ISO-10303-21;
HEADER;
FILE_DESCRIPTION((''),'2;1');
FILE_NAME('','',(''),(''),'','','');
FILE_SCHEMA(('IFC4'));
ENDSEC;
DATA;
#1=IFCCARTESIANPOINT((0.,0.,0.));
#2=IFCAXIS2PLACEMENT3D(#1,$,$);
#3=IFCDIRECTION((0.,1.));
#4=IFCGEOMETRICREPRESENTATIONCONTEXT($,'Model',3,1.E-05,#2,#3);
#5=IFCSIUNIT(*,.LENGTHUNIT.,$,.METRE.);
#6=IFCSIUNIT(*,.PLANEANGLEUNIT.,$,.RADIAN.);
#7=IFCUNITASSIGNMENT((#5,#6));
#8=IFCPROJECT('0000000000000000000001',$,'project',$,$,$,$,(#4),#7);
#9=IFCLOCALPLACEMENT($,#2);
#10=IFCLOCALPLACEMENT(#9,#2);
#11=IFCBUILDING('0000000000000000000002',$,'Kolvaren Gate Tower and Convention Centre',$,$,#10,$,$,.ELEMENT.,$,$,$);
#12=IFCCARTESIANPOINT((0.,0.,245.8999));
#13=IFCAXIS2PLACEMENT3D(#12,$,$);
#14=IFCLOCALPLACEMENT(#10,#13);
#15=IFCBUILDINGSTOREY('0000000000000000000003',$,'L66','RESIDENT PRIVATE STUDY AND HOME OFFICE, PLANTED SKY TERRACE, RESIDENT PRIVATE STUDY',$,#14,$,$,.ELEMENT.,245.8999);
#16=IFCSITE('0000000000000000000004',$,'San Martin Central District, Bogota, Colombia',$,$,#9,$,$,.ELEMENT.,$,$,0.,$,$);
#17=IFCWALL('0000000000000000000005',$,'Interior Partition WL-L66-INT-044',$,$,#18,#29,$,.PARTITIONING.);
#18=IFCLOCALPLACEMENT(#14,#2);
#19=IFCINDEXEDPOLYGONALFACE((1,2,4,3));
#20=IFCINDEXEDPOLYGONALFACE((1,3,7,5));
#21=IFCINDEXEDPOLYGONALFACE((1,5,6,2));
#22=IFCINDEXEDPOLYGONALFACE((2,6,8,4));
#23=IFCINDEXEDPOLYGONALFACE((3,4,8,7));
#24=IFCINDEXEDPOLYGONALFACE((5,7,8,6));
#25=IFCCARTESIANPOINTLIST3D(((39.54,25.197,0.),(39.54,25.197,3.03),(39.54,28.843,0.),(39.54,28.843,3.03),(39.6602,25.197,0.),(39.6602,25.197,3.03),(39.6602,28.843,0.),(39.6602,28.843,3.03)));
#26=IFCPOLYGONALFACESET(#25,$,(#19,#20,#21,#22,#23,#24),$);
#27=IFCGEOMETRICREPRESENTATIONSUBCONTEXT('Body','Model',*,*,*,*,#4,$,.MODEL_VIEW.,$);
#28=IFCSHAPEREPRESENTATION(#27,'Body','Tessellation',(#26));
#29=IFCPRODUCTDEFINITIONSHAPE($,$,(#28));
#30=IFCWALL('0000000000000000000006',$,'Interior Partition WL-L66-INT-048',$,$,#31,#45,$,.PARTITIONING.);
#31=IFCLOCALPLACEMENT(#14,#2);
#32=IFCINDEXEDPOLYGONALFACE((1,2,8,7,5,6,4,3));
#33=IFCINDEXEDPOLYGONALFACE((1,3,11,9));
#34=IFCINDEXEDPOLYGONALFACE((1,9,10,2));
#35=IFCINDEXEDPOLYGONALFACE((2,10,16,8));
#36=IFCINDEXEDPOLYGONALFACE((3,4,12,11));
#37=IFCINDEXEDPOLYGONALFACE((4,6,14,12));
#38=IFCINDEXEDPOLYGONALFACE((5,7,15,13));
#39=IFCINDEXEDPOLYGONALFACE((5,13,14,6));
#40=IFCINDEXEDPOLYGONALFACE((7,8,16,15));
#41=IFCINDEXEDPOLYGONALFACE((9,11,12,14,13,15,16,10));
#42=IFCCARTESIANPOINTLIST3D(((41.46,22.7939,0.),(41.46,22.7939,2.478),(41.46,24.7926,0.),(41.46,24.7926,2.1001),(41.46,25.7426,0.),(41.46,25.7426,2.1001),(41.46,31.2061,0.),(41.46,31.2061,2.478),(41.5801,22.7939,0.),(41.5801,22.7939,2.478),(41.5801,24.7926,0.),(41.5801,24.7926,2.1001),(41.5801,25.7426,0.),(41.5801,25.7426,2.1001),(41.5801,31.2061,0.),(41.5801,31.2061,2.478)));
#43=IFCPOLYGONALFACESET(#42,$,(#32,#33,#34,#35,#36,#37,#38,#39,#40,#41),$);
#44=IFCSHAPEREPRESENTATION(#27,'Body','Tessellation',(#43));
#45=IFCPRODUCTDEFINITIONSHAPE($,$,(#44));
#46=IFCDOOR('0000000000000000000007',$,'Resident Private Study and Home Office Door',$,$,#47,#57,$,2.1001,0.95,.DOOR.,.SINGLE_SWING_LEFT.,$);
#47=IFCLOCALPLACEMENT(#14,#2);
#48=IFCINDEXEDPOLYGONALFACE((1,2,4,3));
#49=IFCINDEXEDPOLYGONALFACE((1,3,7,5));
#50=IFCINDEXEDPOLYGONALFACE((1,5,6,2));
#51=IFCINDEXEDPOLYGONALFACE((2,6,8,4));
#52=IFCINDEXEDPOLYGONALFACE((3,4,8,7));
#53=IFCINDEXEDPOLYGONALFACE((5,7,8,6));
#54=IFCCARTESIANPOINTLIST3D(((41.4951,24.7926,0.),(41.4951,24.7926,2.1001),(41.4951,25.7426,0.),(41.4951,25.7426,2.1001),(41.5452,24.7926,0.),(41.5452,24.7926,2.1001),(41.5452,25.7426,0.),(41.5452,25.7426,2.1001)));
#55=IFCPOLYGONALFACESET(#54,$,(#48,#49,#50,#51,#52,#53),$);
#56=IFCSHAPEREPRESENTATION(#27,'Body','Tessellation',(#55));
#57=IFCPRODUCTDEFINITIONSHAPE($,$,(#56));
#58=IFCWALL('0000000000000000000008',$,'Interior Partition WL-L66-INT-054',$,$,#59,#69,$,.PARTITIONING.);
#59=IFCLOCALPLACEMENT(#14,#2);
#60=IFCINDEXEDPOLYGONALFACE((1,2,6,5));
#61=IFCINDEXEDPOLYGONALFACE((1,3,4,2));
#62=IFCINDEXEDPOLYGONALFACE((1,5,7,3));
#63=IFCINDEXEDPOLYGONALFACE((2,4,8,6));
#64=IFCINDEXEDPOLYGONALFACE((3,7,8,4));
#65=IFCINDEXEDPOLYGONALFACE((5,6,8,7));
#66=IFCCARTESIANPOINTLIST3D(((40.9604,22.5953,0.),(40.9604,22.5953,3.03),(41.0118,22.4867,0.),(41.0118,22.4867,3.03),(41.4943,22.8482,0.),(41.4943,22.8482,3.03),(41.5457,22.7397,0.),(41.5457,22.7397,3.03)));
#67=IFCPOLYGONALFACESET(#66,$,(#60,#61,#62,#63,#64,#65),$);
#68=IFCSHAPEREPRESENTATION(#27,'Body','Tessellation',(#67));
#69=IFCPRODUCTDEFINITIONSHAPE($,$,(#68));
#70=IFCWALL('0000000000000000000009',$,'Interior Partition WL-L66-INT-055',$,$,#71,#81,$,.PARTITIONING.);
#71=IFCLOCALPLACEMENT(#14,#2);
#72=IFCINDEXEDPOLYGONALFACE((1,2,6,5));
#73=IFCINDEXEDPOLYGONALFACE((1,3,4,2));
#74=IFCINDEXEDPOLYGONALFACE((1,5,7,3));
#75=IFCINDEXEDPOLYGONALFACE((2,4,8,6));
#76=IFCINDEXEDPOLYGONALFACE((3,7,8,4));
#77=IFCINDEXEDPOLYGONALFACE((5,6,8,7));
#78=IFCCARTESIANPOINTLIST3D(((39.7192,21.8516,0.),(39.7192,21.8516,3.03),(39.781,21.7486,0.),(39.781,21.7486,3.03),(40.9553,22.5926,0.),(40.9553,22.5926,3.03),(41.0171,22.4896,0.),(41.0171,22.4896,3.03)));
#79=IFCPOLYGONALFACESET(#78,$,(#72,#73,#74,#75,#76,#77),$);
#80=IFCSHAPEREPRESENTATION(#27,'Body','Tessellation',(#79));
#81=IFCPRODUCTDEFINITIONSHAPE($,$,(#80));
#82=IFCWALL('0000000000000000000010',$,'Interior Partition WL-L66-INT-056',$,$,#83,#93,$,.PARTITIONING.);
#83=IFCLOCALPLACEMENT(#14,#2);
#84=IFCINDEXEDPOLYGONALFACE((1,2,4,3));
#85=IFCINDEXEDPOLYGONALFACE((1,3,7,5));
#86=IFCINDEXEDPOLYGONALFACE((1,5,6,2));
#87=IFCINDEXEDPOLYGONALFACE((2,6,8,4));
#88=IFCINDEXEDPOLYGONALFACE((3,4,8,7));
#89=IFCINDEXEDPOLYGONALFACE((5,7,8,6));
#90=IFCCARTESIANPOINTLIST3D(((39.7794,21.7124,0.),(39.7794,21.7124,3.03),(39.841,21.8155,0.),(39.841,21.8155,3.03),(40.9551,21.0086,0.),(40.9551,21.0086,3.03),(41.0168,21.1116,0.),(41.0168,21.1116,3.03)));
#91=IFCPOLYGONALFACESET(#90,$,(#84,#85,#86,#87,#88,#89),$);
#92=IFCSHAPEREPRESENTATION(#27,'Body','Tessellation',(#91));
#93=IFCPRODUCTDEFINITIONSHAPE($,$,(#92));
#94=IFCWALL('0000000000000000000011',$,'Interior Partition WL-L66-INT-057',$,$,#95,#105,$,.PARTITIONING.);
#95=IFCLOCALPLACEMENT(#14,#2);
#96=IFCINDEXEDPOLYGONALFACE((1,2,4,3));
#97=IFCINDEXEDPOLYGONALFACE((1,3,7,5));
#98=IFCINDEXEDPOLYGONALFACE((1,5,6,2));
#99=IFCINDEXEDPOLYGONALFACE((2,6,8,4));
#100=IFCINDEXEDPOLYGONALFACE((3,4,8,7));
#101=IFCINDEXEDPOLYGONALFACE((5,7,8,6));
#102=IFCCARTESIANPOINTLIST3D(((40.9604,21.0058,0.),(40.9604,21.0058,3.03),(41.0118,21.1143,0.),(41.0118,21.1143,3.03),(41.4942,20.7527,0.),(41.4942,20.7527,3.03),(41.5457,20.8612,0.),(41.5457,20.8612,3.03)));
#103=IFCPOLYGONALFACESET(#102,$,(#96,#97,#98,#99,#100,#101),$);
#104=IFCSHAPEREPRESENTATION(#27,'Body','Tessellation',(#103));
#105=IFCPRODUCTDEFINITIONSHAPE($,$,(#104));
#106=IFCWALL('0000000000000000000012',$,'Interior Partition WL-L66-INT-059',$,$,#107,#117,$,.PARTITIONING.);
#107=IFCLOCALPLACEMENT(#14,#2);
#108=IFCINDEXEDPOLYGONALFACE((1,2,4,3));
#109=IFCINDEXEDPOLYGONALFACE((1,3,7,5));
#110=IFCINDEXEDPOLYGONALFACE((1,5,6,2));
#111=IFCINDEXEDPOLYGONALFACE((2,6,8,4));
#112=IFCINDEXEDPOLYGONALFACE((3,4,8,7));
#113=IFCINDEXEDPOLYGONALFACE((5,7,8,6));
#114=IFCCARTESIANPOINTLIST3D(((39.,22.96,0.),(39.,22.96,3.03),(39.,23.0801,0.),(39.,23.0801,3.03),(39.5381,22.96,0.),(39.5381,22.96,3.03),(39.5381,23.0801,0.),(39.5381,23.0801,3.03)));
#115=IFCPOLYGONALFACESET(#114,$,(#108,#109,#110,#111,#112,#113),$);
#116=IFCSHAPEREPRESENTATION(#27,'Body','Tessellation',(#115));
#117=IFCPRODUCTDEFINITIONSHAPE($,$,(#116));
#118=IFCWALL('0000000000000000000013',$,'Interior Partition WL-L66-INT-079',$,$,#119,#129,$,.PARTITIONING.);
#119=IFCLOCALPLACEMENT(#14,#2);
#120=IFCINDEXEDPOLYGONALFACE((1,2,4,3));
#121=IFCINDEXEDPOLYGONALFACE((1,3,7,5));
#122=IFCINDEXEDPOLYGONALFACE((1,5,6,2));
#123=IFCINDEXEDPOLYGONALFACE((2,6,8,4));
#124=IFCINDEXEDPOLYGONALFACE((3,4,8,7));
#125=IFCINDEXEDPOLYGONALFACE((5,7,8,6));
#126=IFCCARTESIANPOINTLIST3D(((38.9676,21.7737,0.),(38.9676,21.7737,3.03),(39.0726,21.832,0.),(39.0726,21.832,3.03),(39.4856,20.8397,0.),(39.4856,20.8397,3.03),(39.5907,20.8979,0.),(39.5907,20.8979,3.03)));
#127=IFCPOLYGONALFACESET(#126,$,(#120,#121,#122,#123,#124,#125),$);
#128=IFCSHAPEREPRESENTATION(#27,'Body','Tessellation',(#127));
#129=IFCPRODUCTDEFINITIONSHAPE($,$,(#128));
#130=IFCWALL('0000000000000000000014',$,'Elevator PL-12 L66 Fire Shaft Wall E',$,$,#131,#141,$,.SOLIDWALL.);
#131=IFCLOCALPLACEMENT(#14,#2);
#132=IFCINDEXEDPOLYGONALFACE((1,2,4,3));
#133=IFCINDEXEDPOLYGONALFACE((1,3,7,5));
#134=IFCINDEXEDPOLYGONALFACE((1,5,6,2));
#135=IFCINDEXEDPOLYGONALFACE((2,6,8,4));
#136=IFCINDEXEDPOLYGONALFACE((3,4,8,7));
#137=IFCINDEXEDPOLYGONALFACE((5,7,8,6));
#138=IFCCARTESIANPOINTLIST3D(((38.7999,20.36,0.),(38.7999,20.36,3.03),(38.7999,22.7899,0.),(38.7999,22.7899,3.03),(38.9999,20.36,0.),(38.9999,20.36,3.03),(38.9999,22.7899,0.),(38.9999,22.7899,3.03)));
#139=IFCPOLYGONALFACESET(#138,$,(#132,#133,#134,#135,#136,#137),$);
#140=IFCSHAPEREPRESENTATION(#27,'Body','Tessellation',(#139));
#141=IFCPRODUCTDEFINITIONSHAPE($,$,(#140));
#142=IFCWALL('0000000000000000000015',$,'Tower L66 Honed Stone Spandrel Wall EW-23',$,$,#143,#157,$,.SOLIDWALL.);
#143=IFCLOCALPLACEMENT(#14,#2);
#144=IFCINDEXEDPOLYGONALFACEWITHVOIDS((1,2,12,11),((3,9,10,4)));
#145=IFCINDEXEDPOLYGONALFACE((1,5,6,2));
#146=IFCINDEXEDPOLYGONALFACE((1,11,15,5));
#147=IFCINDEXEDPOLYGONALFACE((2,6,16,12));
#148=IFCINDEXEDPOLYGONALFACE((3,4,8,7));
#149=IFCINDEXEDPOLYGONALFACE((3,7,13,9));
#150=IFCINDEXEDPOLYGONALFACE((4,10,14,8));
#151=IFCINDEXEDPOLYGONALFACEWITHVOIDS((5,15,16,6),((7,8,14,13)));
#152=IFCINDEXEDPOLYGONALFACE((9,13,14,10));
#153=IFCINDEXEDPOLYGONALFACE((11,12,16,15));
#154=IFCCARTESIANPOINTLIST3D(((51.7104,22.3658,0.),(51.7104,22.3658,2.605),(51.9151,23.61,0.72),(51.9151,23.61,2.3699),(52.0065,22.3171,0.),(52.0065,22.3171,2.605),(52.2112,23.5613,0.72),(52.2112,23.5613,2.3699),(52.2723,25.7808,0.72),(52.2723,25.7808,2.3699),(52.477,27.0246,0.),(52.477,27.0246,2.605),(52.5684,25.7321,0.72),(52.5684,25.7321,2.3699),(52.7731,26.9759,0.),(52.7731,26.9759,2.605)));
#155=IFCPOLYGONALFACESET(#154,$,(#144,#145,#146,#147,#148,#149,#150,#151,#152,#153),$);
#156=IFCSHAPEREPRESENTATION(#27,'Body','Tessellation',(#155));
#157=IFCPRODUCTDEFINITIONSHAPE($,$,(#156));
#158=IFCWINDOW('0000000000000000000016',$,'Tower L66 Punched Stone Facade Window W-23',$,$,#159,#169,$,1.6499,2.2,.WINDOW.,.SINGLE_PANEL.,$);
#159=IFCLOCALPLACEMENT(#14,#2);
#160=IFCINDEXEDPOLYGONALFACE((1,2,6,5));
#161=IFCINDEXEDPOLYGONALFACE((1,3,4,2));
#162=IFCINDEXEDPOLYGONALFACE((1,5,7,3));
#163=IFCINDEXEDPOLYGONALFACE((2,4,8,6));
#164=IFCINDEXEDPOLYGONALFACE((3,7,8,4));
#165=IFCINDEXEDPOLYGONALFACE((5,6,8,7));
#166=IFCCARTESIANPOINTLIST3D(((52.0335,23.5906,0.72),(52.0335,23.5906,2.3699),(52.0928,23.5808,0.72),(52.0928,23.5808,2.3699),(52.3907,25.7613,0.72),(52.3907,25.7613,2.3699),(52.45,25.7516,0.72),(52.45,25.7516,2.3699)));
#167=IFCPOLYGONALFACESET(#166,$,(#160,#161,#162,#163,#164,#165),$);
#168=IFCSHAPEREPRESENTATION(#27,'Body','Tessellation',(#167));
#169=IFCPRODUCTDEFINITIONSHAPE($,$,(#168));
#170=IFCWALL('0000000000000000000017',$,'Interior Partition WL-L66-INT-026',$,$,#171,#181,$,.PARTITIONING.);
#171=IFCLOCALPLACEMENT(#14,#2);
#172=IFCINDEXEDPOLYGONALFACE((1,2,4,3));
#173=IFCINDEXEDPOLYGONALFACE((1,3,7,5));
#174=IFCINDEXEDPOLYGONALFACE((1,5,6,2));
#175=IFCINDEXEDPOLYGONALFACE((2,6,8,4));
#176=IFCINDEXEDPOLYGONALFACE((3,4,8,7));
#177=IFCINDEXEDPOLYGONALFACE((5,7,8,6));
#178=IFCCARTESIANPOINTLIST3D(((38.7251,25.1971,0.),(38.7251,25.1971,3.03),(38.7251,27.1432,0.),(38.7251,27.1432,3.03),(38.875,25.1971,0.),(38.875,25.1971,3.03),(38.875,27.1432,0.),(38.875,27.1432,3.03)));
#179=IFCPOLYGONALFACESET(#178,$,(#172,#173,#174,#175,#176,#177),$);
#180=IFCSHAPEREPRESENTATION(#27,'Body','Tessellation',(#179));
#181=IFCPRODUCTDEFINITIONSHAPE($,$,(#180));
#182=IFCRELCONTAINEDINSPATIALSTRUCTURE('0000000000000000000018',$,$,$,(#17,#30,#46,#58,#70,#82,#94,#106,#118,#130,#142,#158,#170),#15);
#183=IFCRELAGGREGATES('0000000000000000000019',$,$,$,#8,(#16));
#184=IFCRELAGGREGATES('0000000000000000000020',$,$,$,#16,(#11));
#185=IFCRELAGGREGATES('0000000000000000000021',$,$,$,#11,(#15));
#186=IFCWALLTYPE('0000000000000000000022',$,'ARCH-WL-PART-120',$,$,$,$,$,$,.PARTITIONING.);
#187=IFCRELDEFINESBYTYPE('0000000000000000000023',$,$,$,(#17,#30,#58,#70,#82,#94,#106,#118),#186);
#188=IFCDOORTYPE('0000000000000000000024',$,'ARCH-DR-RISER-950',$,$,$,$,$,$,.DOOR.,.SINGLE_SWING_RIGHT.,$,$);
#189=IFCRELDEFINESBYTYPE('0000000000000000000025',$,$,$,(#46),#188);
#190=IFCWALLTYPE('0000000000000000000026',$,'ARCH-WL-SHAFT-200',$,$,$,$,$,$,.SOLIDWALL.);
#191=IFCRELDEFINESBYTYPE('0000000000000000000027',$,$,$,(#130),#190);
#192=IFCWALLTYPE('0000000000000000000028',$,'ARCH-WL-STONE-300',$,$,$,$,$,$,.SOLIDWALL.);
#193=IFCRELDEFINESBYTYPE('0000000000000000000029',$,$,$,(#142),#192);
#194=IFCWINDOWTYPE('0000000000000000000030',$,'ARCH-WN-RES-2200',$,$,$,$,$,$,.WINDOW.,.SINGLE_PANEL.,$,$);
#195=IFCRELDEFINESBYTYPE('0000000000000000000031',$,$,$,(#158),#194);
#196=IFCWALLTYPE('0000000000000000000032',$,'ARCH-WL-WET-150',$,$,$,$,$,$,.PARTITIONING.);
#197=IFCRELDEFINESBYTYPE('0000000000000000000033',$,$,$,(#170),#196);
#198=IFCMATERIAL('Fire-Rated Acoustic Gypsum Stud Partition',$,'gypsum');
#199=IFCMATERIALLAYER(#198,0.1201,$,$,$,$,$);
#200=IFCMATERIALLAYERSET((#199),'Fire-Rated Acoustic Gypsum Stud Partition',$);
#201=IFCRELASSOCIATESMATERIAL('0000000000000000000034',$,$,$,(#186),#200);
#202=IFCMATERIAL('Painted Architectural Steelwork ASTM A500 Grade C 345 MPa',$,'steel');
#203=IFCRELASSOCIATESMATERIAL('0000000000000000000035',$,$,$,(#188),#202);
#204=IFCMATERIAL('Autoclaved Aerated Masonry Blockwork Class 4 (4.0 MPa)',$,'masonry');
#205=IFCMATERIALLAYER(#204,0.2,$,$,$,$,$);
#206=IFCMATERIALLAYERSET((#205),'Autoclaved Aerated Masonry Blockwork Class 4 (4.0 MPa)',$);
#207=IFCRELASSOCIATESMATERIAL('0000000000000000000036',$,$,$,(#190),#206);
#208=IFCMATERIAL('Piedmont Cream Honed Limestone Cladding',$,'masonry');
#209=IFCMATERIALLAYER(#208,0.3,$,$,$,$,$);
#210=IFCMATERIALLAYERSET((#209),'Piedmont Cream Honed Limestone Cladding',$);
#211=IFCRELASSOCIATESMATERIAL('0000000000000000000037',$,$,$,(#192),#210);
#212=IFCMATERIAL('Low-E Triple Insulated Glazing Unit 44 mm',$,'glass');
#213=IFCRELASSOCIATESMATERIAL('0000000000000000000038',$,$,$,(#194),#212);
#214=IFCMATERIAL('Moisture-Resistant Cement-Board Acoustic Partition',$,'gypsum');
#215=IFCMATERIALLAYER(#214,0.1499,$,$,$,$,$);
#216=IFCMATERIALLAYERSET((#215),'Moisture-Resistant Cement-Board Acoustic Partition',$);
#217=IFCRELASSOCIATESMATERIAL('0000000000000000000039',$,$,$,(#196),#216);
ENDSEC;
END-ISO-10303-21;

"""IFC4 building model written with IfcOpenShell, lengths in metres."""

from ifc_helpers import new_model, si_unit, direction, frame, frame_2d, origin, place, context, subcontext, project, spatial, rectangle, extrude, material, layer, layer_set, type_object, element, fill, save


model = new_model("IFC4")

# Units and contexts
model_context = context("Model", 3, precision=1e-05, world=origin(), true_north=direction((0.0, 1.0)))
body_context = subcontext(model_context, "Body", "Model", "MODEL_VIEW")
ifc_project = project(units=[si_unit("LENGTHUNIT", "METRE"), si_unit("PLANEANGLEUNIT", "RADIAN")], contexts=[model_context])

# Site, building, storey
site_placement = place(None, origin())
site = spatial("IfcSite", under=ifc_project, at=site_placement, Name="San Martin Central District, Bogota, Colombia", CompositionType="ELEMENT", RefElevation=0.0)
building_placement = place(site_placement, origin())
building = spatial("IfcBuilding", under=site, at=building_placement, Name="Kolvaren Gate Tower and Convention Centre", CompositionType="ELEMENT")
storey_placement = place(building_placement, frame((0.0, 0.0, 245.8999)))
storey = spatial("IfcBuildingStorey", under=building, at=storey_placement, Name="L66", Description="RESIDENT PRIVATE STUDY AND HOME OFFICE, PLANTED SKY TERRACE, RESIDENT PRIVATE STUDY", CompositionType="ELEMENT", Elevation=245.8999)

# Wall
ifc_material_1 = material(Name="Fire-Rated Acoustic Gypsum Stud Partition", Category="gypsum")
ifc_layer_1 = layer(ifc_material_1, 0.1201)
ifc_layer_set_1 = layer_set([ifc_layer_1], Name="Fire-Rated Acoustic Gypsum Stud Partition")
wall_type_1 = type_object("IfcWallType", Name="ARCH-WL-PART-120", PredefinedType="PARTITIONING", material=ifc_layer_set_1)
wall_1_placement = place(storey_placement, frame((39.6001, 25.197, 0.0), z_axis=(0.0, 0.0, 1.0), x_axis=(0.0, 1.0, 0.0)))
element("IfcWall", 1, at=wall_1_placement, inside=storey, type_object=wall_type_1, Name="Interior Partition WL-L66-INT-044", PredefinedType="PARTITIONING", context=body_context, shape_type="SweptSolid", body=[
    extrude(rectangle(XDim=3.646, YDim=0.1201, at=frame_2d((1.823, 0.0))), origin(), (0.0, 0.0, 1.0), 3.03),
])

# Wall, opening, door
wall_2_placement = place(storey_placement, frame((41.52, 22.7939, 0.0), z_axis=(0.0, 0.0, 1.0), x_axis=(0.0, 1.0, 0.0)))
wall_2 = element("IfcWall", 2, at=wall_2_placement, inside=storey, type_object=wall_type_1, Name="Interior Partition WL-L66-INT-048", PredefinedType="PARTITIONING", context=body_context, shape_type="SweptSolid", body=[
    extrude(rectangle(XDim=8.4121, YDim=0.1201, at=frame_2d((4.2061, 0.0))), origin(), (0.0, 0.0, 1.0), 2.478),
])
opening_1_placement = place(wall_2_placement, frame((1.9985, 0.0, 0.0)))
opening_1 = element("IfcOpeningElement", 3, at=opening_1_placement, cuts=wall_2, PredefinedType="OPENING", context=body_context, shape_type="SweptSolid", body=[
    extrude(rectangle(XDim=0.95, YDim=2.1001, at=frame_2d((0.4751, 1.05))), frame((0.0, 0.0701, 0.0), z_axis=(0.0, -1.0, 0.0), x_axis=(1.0, 0.0, 0.0)), (0.0, 0.0, 1.0), 0.1401),
])
ifc_material_2 = material(Name="Painted Architectural Steelwork ASTM A500 Grade C 345 MPa", Category="steel")
door_type = type_object("IfcDoorType", Name="ARCH-DR-RISER-950", OperationType="SINGLE_SWING_RIGHT", PredefinedType="DOOR", material=ifc_material_2)
door_placement = place(opening_1_placement, origin())
door = element("IfcDoor", 4, at=door_placement, inside=storey, type_object=door_type, Name="Resident Private Study and Home Office Door", OperationType="SINGLE_SWING_LEFT", OverallHeight=2.1001, OverallWidth=0.95, PredefinedType="DOOR", context=body_context, shape_type="SweptSolid", body=[
    extrude(rectangle(XDim=0.95, YDim=2.1001, at=frame_2d((0.4751, 1.05))), frame((0.0, 0.0249, 0.0), z_axis=(0.0, -1.0, 0.0), x_axis=(1.0, 0.0, 0.0)), (0.0, 0.0, 1.0), 0.05),
])
fill(opening_1, door)

# Walls
wall_3_placement = place(storey_placement, frame((40.9861, 22.541, 0.0), z_axis=(0.0, 0.0, 1.0), x_axis=(0.903729, 0.428104, 0.0)))
element("IfcWall", 5, at=wall_3_placement, inside=storey, type_object=wall_type_1, Name="Interior Partition WL-L66-INT-054", PredefinedType="PARTITIONING", context=body_context, shape_type="SweptSolid", body=[
    extrude(rectangle(XDim=0.5908, YDim=0.1201, at=frame_2d((0.2954, 0.0))), origin(), (0.0, 0.0, 1.0), 3.03),
])
wall_4_placement = place(storey_placement, frame((39.75, 21.8, 0.0), z_axis=(0.0, 0.0, 1.0), x_axis=(0.857702, 0.514147, 0.0)))
element("IfcWall", 6, at=wall_4_placement, inside=storey, type_object=wall_type_1, Name="Interior Partition WL-L66-INT-055", PredefinedType="PARTITIONING", context=body_context, shape_type="SweptSolid", body=[
    extrude(rectangle(XDim=1.4412, YDim=0.1201, at=frame_2d((0.7207, 0.0))), origin(), (0.0, 0.0, 1.0), 3.03),
])
wall_5_placement = place(storey_placement, frame((39.8103, 21.7639, 0.0), z_axis=(0.0, 0.0, 1.0), x_axis=(0.858011, -0.513631, 0.0)))
element("IfcWall", 7, at=wall_5_placement, inside=storey, type_object=wall_type_1, Name="Interior Partition WL-L66-INT-056", PredefinedType="PARTITIONING", context=body_context, shape_type="SweptSolid", body=[
    extrude(rectangle(XDim=1.3704, YDim=0.1201, at=frame_2d((0.6851, 0.0))), origin(), (0.0, 0.0, 1.0), 3.03),
])
wall_6_placement = place(storey_placement, frame((40.9861, 21.0601, 0.0), z_axis=(0.0, 0.0, 1.0), x_axis=(0.90357, -0.428442, 0.0)))
element("IfcWall", 8, at=wall_6_placement, inside=storey, type_object=wall_type_1, Name="Interior Partition WL-L66-INT-057", PredefinedType="PARTITIONING", context=body_context, shape_type="SweptSolid", body=[
    extrude(rectangle(XDim=0.5908, YDim=0.1201, at=frame_2d((0.2954, 0.0))), origin(), (0.0, 0.0, 1.0), 3.03),
])
wall_7_placement = place(storey_placement, frame((39.0, 23.02, 0.0), z_axis=(0.0, 0.0, 1.0), x_axis=(1.0, 0.0, 0.0)))
element("IfcWall", 9, at=wall_7_placement, inside=storey, type_object=wall_type_1, Name="Interior Partition WL-L66-INT-059", PredefinedType="PARTITIONING", context=body_context, shape_type="SweptSolid", body=[
    extrude(rectangle(XDim=0.5381, YDim=0.1201, at=frame_2d((0.269, 0.0))), origin(), (0.0, 0.0, 1.0), 3.03),
])
wall_8_placement = place(storey_placement, frame((39.02, 21.803, 0.0), z_axis=(0.0, 0.0, 1.0), x_axis=(0.485022, -0.874502, 0.0)))
element("IfcWall", 10, at=wall_8_placement, inside=storey, type_object=wall_type_1, Name="Interior Partition WL-L66-INT-079", PredefinedType="PARTITIONING", context=body_context, shape_type="SweptSolid", body=[
    extrude(rectangle(XDim=1.0681, YDim=0.1201, at=frame_2d((0.5342, 0.0))), origin(), (0.0, 0.0, 1.0), 3.03),
])
ifc_material_3 = material(Name="Autoclaved Aerated Masonry Blockwork Class 4 (4.0 MPa)", Category="masonry")
ifc_layer_2 = layer(ifc_material_3, 0.2)
ifc_layer_set_2 = layer_set([ifc_layer_2], Name="Autoclaved Aerated Masonry Blockwork Class 4 (4.0 MPa)")
wall_type_2 = type_object("IfcWallType", Name="ARCH-WL-SHAFT-200", PredefinedType="SOLIDWALL", material=ifc_layer_set_2)
wall_9_placement = place(storey_placement, frame((38.8999, 20.3601, 0.0), z_axis=(0.0, 0.0, 1.0), x_axis=(0.0, 1.0, 0.0)))
element("IfcWall", 11, at=wall_9_placement, inside=storey, type_object=wall_type_2, Name="Elevator PL-12 L66 Fire Shaft Wall E", PredefinedType="SOLIDWALL", context=body_context, shape_type="SweptSolid", body=[
    extrude(rectangle(XDim=2.4299, YDim=0.2, at=frame_2d((1.2148, 0.0))), origin(), (0.0, 0.0, 1.0), 3.03),
])

# Wall, opening, window
ifc_material_4 = material(Name="Piedmont Cream Honed Limestone Cladding", Category="masonry")
ifc_layer_3 = layer(ifc_material_4, 0.3)
ifc_layer_set_3 = layer_set([ifc_layer_3], Name="Piedmont Cream Honed Limestone Cladding")
wall_type_3 = type_object("IfcWallType", Name="ARCH-WL-STONE-300", PredefinedType="SOLIDWALL", material=ifc_layer_set_3)
wall_10_placement = place(storey_placement, frame((51.8584, 22.3413, 0.0), z_axis=(0.0, 0.0, 1.0), x_axis=(0.162369, 0.98673, 0.0)))
wall_10 = element("IfcWall", 12, at=wall_10_placement, inside=storey, type_object=wall_type_3, Name="Tower L66 Honed Stone Spandrel Wall EW-23", PredefinedType="SOLIDWALL", context=body_context, shape_type="SweptSolid", body=[
    extrude(rectangle(XDim=4.7214, YDim=0.3, at=frame_2d((2.3608, 0.0))), origin(), (0.0, 0.0, 1.0), 2.605),
])
opening_2_placement = place(wall_10_placement, frame((1.261, 0.0, 0.72)))
opening_2 = element("IfcOpeningElement", 13, at=opening_2_placement, cuts=wall_10, PredefinedType="OPENING", context=body_context, shape_type="SweptSolid", body=[
    extrude(rectangle(XDim=2.2, YDim=1.6499, at=frame_2d((1.1001, 0.825))), frame((0.0, 0.1599, 0.0), z_axis=(0.0, -1.0, 0.0), x_axis=(1.0, 0.0, 0.0)), (0.0, 0.0, 1.0), 0.3201),
])
ifc_material_5 = material(Name="Low-E Triple Insulated Glazing Unit 44 mm", Category="glass")
window_type = type_object("IfcWindowType", Name="ARCH-WN-RES-2200", PartitioningType="SINGLE_PANEL", PredefinedType="WINDOW", material=ifc_material_5)
window_placement = place(opening_2_placement, origin())
window = element("IfcWindow", 14, at=window_placement, inside=storey, type_object=window_type, Name="Tower L66 Punched Stone Facade Window W-23", OverallHeight=1.6499, OverallWidth=2.2, PartitioningType="SINGLE_PANEL", PredefinedType="WINDOW", context=body_context, shape_type="SweptSolid", body=[
    extrude(rectangle(XDim=2.2, YDim=1.6499, at=frame_2d((1.1001, 0.825))), frame((0.0, 0.03, 0.0), z_axis=(0.0, -1.0, 0.0), x_axis=(1.0, 0.0, 0.0)), (0.0, 0.0, 1.0), 0.0601),
])
fill(opening_2, window)

# Wall
ifc_material_6 = material(Name="Moisture-Resistant Cement-Board Acoustic Partition", Category="gypsum")
ifc_layer_4 = layer(ifc_material_6, 0.1499)
ifc_layer_set_4 = layer_set([ifc_layer_4], Name="Moisture-Resistant Cement-Board Acoustic Partition")
wall_type_4 = type_object("IfcWallType", Name="ARCH-WL-WET-150", PredefinedType="PARTITIONING", material=ifc_layer_set_4)
wall_11_placement = place(storey_placement, frame((38.8, 25.197, 0.0), z_axis=(0.0, 0.0, 1.0), x_axis=(0.0, 1.0, 0.0)))
element("IfcWall", 15, at=wall_11_placement, inside=storey, type_object=wall_type_4, Name="Interior Partition WL-L66-INT-026", PredefinedType="PARTITIONING", context=body_context, shape_type="SweptSolid", body=[
    extrude(rectangle(XDim=1.946, YDim=0.1499, at=frame_2d((0.9731, 0.0))), origin(), (0.0, 0.0, 1.0), 3.03),
])

save(model, "model.ifc")
